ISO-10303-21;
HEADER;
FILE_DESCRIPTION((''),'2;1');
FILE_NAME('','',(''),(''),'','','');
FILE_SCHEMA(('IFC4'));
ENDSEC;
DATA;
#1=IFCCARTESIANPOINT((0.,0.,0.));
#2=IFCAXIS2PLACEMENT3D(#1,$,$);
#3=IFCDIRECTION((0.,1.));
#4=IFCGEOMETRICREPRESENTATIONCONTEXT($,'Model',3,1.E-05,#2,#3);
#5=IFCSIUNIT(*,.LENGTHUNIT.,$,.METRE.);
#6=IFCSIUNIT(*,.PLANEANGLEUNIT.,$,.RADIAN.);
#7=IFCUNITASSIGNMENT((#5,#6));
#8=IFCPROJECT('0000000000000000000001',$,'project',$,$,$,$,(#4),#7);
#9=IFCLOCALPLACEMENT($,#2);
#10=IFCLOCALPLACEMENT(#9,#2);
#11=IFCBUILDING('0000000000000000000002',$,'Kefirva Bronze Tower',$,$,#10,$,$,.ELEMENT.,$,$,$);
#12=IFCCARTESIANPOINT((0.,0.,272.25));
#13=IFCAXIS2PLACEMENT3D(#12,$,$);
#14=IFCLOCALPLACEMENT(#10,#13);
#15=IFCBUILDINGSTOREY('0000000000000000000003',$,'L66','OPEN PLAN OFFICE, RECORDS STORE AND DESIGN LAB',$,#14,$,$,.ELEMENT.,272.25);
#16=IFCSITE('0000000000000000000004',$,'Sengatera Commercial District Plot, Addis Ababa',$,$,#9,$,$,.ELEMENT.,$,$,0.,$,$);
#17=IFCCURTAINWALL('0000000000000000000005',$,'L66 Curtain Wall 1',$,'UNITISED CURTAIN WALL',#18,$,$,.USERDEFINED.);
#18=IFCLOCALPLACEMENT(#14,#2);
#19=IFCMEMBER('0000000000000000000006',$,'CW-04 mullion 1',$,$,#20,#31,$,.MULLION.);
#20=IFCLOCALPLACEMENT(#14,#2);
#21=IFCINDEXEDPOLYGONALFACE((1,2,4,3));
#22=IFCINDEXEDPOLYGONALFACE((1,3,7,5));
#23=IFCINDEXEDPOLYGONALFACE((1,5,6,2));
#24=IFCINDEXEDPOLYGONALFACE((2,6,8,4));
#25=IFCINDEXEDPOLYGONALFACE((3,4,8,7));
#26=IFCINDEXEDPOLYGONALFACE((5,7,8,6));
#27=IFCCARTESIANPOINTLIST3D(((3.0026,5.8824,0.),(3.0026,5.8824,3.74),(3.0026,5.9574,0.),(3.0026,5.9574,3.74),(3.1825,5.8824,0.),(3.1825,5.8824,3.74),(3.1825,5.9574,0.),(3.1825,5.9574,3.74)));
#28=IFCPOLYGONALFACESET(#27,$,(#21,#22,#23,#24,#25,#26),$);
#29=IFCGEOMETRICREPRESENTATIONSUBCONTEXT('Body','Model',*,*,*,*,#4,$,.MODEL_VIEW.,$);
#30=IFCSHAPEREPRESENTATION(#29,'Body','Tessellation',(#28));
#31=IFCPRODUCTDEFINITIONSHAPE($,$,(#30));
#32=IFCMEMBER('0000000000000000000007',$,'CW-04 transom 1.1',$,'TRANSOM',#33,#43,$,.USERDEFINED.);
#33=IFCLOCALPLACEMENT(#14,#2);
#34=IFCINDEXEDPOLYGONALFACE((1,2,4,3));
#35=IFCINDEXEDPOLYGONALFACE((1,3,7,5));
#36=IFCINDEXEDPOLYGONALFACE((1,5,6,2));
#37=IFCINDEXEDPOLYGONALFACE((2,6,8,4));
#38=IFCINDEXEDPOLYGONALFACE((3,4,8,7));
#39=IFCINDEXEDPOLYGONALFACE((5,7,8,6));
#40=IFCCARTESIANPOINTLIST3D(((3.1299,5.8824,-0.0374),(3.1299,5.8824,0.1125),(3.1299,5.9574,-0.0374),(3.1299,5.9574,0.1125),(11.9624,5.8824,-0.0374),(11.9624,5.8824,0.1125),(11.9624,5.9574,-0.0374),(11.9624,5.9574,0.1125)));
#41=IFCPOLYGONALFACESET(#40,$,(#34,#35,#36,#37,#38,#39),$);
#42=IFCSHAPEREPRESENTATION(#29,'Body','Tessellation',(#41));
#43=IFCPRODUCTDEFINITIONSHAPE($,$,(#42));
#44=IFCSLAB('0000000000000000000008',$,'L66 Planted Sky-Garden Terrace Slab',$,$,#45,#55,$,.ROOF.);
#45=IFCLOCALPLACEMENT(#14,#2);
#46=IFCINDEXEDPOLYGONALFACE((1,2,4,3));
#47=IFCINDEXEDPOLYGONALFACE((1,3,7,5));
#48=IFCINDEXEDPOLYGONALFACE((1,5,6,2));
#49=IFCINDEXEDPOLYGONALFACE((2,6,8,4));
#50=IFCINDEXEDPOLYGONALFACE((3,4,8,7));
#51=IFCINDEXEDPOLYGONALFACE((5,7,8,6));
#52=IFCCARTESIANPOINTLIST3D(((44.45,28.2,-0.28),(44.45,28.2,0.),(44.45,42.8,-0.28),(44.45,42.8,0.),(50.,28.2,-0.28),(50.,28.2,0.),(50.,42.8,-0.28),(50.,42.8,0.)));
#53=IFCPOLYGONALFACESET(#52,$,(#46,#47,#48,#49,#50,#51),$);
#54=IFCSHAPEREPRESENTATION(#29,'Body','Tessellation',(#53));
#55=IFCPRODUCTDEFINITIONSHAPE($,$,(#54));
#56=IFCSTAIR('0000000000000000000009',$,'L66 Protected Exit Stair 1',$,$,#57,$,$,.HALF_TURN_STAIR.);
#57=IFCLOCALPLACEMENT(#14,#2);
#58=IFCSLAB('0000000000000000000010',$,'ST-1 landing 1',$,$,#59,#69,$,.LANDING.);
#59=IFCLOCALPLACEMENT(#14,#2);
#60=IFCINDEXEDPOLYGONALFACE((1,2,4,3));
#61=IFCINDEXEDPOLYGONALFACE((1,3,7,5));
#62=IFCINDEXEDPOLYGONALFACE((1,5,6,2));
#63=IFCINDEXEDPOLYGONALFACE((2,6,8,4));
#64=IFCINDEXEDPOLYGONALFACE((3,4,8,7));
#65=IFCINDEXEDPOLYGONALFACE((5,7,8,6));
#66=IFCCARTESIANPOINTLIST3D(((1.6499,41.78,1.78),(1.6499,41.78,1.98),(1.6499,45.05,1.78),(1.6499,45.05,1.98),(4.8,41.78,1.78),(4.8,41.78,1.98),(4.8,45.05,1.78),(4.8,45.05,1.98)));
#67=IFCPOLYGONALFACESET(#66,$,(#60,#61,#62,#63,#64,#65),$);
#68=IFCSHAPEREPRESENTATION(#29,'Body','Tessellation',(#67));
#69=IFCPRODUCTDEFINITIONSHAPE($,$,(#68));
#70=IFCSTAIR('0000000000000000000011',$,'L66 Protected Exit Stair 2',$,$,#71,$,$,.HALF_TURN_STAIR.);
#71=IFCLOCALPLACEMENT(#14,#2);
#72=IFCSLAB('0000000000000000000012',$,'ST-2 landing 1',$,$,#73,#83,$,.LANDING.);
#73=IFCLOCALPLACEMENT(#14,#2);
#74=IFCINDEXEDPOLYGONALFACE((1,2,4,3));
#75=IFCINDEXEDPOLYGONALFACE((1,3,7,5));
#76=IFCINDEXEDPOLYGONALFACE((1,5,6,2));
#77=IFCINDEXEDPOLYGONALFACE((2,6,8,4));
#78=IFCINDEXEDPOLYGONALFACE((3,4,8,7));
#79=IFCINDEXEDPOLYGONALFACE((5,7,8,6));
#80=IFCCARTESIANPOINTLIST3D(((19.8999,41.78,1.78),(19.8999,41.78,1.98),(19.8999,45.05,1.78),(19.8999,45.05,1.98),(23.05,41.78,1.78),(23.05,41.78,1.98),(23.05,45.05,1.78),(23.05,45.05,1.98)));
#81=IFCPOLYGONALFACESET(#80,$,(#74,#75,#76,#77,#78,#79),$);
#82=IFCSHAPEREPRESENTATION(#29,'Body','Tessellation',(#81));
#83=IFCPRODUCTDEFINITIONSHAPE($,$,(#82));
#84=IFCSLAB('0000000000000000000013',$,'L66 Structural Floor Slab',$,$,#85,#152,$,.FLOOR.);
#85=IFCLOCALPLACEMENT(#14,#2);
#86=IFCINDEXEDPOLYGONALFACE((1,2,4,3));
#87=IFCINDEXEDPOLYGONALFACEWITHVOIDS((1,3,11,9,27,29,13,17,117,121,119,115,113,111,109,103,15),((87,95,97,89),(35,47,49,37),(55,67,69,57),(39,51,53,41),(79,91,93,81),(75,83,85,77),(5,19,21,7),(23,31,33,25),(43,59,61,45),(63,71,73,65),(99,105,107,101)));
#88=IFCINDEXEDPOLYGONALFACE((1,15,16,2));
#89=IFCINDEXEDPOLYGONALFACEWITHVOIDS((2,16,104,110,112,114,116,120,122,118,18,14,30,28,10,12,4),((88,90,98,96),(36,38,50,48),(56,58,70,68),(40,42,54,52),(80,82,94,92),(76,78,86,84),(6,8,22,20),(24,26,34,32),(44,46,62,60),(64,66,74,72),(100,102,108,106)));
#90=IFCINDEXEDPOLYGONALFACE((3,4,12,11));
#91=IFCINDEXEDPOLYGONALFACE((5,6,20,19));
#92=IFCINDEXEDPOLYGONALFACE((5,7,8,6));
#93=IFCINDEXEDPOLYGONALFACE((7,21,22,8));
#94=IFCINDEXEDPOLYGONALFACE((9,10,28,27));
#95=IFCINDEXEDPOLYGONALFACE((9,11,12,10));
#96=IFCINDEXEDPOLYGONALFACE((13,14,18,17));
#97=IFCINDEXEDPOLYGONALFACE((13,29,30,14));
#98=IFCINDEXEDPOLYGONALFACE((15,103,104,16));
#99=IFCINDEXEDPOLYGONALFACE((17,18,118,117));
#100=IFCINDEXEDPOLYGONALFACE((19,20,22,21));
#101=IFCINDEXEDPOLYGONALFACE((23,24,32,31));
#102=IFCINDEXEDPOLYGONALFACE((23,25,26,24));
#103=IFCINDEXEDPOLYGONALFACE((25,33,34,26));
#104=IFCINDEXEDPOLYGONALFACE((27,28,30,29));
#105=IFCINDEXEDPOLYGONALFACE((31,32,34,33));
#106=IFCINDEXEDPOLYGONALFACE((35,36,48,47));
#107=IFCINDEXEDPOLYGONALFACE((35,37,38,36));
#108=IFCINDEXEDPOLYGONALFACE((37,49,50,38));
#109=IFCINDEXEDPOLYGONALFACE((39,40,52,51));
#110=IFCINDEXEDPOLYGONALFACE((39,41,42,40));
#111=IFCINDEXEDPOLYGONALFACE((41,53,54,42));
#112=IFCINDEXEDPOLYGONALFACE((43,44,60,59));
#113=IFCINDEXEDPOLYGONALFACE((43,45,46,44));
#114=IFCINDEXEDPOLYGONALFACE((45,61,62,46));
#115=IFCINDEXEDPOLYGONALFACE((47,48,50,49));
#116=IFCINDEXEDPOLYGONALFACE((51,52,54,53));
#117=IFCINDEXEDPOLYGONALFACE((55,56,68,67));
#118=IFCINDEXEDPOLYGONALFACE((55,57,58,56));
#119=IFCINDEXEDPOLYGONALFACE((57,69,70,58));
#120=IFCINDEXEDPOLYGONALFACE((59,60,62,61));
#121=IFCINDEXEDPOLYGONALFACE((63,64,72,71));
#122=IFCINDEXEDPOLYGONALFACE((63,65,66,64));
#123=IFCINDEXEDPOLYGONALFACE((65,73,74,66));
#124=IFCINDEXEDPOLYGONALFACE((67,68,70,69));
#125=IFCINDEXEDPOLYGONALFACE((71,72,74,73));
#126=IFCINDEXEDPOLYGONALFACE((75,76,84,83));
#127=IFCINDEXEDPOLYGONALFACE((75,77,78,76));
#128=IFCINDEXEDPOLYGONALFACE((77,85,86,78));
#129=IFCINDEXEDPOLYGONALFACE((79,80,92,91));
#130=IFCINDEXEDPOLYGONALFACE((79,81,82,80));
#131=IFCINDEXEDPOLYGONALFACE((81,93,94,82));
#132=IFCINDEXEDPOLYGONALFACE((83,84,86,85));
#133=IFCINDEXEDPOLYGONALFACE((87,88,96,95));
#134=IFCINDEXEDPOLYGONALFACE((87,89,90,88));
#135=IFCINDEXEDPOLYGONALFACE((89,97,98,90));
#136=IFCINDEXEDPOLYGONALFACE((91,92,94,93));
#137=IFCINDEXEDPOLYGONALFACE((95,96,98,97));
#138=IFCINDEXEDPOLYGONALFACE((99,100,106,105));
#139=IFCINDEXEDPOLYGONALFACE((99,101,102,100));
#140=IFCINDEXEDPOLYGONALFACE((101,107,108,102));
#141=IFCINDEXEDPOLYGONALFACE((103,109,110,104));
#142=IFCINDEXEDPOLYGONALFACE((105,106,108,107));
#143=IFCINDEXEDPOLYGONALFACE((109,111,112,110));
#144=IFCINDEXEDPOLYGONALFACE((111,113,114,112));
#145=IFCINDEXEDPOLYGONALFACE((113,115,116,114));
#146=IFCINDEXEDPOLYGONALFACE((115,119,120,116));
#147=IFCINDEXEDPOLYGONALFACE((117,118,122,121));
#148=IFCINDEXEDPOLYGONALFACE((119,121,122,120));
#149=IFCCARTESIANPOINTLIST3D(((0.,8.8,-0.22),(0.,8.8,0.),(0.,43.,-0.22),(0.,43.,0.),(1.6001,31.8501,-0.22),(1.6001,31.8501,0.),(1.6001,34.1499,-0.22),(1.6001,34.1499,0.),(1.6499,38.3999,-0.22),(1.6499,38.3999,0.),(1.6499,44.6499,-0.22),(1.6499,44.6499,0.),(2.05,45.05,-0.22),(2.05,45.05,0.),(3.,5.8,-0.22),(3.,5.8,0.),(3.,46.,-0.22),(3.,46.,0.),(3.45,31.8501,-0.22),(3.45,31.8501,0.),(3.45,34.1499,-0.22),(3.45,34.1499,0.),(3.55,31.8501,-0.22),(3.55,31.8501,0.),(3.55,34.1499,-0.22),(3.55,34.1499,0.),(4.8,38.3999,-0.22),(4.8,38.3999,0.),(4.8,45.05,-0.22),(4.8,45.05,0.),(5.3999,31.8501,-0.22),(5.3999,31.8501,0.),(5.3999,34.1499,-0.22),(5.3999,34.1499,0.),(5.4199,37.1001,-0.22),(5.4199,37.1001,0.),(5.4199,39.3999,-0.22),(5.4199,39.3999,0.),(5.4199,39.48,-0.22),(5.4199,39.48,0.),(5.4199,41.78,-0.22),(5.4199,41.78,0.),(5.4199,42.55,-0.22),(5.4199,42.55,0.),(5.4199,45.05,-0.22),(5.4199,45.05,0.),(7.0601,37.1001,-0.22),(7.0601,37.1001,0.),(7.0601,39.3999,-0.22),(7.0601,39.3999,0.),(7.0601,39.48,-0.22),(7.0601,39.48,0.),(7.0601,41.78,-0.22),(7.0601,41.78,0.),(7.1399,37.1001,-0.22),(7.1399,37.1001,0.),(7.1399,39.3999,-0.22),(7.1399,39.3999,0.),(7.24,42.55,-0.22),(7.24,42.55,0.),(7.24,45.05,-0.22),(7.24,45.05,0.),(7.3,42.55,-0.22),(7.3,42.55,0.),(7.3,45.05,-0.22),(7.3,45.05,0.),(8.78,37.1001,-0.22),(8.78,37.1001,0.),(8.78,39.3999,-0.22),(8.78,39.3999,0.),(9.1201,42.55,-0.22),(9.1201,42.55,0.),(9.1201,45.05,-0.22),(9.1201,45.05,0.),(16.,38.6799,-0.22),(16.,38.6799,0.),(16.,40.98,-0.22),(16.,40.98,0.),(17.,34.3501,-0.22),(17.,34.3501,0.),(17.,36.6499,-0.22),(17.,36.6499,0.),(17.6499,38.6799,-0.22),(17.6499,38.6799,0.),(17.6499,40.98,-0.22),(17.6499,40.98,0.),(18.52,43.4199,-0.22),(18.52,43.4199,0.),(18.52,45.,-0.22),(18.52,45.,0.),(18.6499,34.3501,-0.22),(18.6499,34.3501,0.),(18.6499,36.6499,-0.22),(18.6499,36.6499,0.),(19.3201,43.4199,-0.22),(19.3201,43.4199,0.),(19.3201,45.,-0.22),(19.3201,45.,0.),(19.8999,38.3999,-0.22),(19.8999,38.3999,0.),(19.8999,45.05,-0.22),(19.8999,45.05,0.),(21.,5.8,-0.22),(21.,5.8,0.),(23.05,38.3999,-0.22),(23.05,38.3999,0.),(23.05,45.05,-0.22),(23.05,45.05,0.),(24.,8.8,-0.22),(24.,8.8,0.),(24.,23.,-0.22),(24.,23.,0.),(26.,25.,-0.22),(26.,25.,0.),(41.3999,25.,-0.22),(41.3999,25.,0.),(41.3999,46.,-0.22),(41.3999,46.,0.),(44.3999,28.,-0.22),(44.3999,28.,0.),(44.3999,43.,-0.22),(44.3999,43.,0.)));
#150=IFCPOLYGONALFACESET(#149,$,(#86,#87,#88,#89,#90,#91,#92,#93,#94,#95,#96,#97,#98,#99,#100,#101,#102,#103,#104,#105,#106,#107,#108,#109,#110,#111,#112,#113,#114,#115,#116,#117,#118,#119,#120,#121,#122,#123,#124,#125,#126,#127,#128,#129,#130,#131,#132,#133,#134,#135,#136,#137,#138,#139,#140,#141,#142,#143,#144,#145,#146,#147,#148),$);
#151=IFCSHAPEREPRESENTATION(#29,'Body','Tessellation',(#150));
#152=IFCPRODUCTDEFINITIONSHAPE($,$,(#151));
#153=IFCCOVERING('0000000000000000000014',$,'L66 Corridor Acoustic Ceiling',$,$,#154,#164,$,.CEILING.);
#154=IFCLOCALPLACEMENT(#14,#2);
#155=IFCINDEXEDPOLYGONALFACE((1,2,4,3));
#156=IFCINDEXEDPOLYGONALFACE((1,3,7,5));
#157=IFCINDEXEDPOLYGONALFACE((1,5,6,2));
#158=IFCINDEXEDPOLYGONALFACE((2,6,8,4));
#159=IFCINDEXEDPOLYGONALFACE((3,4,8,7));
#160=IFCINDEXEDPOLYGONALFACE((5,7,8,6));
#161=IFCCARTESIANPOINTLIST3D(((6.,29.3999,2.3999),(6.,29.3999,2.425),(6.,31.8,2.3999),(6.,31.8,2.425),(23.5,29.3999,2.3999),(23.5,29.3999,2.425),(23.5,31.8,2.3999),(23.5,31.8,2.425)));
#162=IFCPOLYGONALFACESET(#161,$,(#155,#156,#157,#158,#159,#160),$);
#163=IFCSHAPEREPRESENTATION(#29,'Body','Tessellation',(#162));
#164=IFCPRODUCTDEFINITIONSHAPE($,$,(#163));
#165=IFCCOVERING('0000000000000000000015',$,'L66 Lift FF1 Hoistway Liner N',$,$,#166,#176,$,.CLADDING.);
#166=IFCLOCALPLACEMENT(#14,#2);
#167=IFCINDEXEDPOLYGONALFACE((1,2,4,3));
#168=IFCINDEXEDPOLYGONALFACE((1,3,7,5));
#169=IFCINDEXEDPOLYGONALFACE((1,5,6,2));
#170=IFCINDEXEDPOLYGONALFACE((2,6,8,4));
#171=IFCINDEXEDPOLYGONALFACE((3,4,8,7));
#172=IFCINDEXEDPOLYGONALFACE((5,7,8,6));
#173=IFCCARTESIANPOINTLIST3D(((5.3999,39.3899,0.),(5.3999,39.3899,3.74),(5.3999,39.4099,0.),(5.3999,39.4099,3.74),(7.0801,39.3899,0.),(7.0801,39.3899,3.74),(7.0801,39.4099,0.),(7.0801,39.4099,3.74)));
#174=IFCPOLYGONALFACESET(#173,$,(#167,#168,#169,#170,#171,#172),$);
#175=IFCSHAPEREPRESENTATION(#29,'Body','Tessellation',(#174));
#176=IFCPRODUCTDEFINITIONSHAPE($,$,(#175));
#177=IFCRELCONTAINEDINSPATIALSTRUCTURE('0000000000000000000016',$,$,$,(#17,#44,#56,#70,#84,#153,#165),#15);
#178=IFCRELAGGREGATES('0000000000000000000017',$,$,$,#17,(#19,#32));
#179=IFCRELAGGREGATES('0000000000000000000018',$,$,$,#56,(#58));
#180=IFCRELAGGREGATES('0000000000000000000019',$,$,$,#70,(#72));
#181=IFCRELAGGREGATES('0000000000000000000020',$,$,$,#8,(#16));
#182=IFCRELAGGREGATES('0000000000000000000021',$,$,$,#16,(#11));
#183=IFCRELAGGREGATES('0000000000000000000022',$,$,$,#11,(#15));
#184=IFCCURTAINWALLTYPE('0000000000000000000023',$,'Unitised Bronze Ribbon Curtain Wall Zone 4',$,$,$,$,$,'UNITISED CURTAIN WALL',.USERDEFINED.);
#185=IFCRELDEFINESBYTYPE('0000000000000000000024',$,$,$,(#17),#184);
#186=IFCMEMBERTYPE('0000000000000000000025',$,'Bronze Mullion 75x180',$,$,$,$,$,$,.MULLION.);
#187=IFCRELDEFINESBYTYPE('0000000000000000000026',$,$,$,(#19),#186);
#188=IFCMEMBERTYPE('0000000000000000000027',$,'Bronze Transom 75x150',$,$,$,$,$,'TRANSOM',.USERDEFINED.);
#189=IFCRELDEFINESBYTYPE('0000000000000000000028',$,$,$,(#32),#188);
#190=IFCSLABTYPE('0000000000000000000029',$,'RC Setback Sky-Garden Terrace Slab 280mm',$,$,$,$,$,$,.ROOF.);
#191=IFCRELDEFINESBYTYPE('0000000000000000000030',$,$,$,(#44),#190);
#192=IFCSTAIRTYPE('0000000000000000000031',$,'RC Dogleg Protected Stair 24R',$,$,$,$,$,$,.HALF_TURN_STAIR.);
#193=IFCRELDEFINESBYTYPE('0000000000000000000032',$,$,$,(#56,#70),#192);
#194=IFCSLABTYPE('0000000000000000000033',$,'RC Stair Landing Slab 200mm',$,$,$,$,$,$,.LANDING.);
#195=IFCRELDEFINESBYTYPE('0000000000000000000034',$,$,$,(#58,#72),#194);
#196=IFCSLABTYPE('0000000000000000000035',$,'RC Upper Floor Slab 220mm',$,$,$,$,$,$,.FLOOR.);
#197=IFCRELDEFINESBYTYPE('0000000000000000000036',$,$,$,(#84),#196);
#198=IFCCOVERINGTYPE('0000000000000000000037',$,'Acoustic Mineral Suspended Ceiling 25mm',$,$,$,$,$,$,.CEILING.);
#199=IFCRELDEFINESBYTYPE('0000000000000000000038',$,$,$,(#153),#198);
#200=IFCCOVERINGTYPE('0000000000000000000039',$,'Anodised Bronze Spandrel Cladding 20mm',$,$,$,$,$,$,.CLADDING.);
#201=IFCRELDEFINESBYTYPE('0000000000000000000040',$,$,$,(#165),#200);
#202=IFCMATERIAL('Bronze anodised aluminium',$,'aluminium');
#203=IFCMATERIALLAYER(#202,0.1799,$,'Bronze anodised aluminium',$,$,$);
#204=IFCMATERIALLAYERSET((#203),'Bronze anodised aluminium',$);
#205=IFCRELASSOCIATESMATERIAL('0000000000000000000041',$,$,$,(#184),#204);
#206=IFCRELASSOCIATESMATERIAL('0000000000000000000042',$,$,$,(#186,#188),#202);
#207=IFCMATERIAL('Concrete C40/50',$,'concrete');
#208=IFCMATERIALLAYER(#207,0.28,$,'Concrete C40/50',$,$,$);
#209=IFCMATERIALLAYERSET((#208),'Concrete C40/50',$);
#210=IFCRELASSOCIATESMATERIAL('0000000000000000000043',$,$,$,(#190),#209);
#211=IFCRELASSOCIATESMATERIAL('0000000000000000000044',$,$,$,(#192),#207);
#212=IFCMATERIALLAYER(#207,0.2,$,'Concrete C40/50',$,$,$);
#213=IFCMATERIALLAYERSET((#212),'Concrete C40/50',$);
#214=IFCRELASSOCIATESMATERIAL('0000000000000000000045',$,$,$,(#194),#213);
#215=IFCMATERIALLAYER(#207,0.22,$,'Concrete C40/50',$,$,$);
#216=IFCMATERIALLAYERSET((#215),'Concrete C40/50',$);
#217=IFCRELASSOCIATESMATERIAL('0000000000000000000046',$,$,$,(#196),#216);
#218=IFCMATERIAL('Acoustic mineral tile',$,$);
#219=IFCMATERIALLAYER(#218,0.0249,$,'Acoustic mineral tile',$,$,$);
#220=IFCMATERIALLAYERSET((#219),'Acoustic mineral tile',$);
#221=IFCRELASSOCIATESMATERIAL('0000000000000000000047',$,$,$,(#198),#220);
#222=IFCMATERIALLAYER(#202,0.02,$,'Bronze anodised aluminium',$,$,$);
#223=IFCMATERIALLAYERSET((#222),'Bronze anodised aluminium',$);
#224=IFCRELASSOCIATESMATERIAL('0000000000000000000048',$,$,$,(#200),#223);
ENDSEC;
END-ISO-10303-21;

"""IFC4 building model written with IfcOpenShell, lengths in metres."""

from ifc_helpers import new_model, si_unit, direction, frame, origin, origin_2d, place, context, subcontext, project, spatial, polyline, rectangle, outline, extrude, material, layer, layer_set, material_profile, profile_set, type_object, element, aggregate, save


model = new_model("IFC4")

# Units and contexts
model_context = context("Model", 3, precision=1e-05, world=origin(), true_north=direction((0.0, 1.0)))
body_context = subcontext(model_context, "Body", "Model", "MODEL_VIEW")
ifc_project = project(units=[si_unit("LENGTHUNIT", "METRE"), si_unit("PLANEANGLEUNIT", "RADIAN")], contexts=[model_context])

# Site, building, storey
site_placement = place(None, origin())
site = spatial("IfcSite", under=ifc_project, at=site_placement, Name="Sengatera Commercial District Plot, Addis Ababa", CompositionType="ELEMENT", RefElevation=0.0)
building_placement = place(site_placement, origin())
building = spatial("IfcBuilding", under=site, at=building_placement, Name="Kefirva Bronze Tower", CompositionType="ELEMENT")
storey_placement = place(building_placement, frame((0.0, 0.0, 272.25)))
storey = spatial("IfcBuildingStorey", under=building, at=storey_placement, Name="L66", Description="OPEN PLAN OFFICE, RECORDS STORE AND DESIGN LAB", CompositionType="ELEMENT", Elevation=272.25)

# Curtain wall, members
ifc_material_1 = material(Name="Bronze anodised aluminium", Category="aluminium")
ifc_layer_1 = layer(ifc_material_1, 0.1799, Name="Bronze anodised aluminium")
ifc_layer_set_1 = layer_set([ifc_layer_1], Name="Bronze anodised aluminium")
curtain_wall_type = type_object("IfcCurtainWallType", Name="Unitised Bronze Ribbon Curtain Wall Zone 4", ElementType="UNITISED CURTAIN WALL", PredefinedType="USERDEFINED", material=ifc_layer_set_1)
curtain_wall_placement = place(storey_placement, origin())
curtain_wall = element("IfcCurtainWall", 1, at=curtain_wall_placement, inside=storey, type_object=curtain_wall_type, Name="L66 Curtain Wall 1", ObjectType="UNITISED CURTAIN WALL", PredefinedType="USERDEFINED")
ifc_material_profile_1 = material_profile(ifc_material_1, rectangle(XDim=0.075, YDim=0.1799, at=origin_2d()), Name="ALU 75x180")
ifc_profile_set_1 = profile_set([ifc_material_profile_1], Name="Bronze anodised aluminium")
member_type_1 = type_object("IfcMemberType", Name="Bronze Mullion 75x180", PredefinedType="MULLION", material=ifc_profile_set_1)
member_1_placement = place(storey_placement, frame((3.0925, 5.9199, 0.0), z_axis=(0.0, 0.0, 1.0), x_axis=(0.0, 1.0, 0.0)))
member_1 = element("IfcMember", 2, at=member_1_placement, type_object=member_type_1, Name="CW-04 mullion 1", PredefinedType="MULLION", context=body_context, shape_type="SweptSolid", body=[
    extrude(rectangle(XDim=0.075, YDim=0.1799, at=origin_2d()), origin(), (0.0, 0.0, 1.0), 3.74),
])
ifc_material_profile_2 = material_profile(ifc_material_1, rectangle(XDim=0.075, YDim=0.1499, at=origin_2d()), Name="ALU 75x150")
ifc_profile_set_2 = profile_set([ifc_material_profile_2], Name="Bronze anodised aluminium")
member_type_2 = type_object("IfcMemberType", Name="Bronze Transom 75x150", ElementType="TRANSOM", PredefinedType="USERDEFINED", material=ifc_profile_set_2)
member_2_placement = place(storey_placement, frame((3.1299, 5.9199, 0.0376), z_axis=(1.0, 0.0, 0.0), x_axis=(0.0, 1.0, 0.0)))
member_2 = element("IfcMember", 3, at=member_2_placement, type_object=member_type_2, Name="CW-04 transom 1.1", ObjectType="TRANSOM", PredefinedType="USERDEFINED", context=body_context, shape_type="SweptSolid", body=[
    extrude(rectangle(XDim=0.075, YDim=0.1499, at=origin_2d()), origin(), (0.0, 0.0, 1.0), 8.8325),
])
aggregate(curtain_wall, [member_1, member_2])

# Slab
ifc_material_2 = material(Name="Concrete C40/50", Category="concrete")
ifc_layer_2 = layer(ifc_material_2, 0.28, Name="Concrete C40/50")
ifc_layer_set_2 = layer_set([ifc_layer_2], Name="Concrete C40/50")
slab_type_1 = type_object("IfcSlabType", Name="RC Setback Sky-Garden Terrace Slab 280mm", PredefinedType="ROOF", material=ifc_layer_set_2)
slab_1_placement = place(storey_placement, frame((0.0, 0.0, -0.28)))
element("IfcSlab", 4, at=slab_1_placement, inside=storey, type_object=slab_type_1, Name="L66 Planted Sky-Garden Terrace Slab", PredefinedType="ROOF", context=body_context, shape_type="SweptSolid", body=[
    extrude(outline(polyline([(44.45, 28.2), (50.0, 28.2), (50.0, 42.8), (44.45, 42.8), (44.45, 28.2)])), origin(), (0.0, 0.0, 1.0), 0.28),
])

# Stairs, slabs
stair_type = type_object("IfcStairType", Name="RC Dogleg Protected Stair 24R", PredefinedType="HALF_TURN_STAIR", material=ifc_material_2)
stair_1_placement = place(storey_placement, origin())
stair_1 = element("IfcStair", 5, at=stair_1_placement, inside=storey, type_object=stair_type, Name="L66 Protected Exit Stair 1", PredefinedType="HALF_TURN_STAIR")
ifc_layer_3 = layer(ifc_material_2, 0.2, Name="Concrete C40/50")
ifc_layer_set_3 = layer_set([ifc_layer_3], Name="Concrete C40/50")
slab_type_2 = type_object("IfcSlabType", Name="RC Stair Landing Slab 200mm", PredefinedType="LANDING", material=ifc_layer_set_3)
slab_2_placement = place(storey_placement, frame((0.0, 0.0, 1.78)))
slab_2 = element("IfcSlab", 6, at=slab_2_placement, type_object=slab_type_2, Name="ST-1 landing 1", PredefinedType="LANDING", context=body_context, shape_type="SweptSolid", body=[
    extrude(outline(polyline([(4.8, 41.78), (4.8, 45.05), (1.6499, 45.05), (1.6499, 41.78), (4.8, 41.78)])), origin(), (0.0, 0.0, 1.0), 0.2),
])
aggregate(stair_1, [slab_2])
stair_2_placement = place(storey_placement, origin())
stair_2 = element("IfcStair", 7, at=stair_2_placement, inside=storey, type_object=stair_type, Name="L66 Protected Exit Stair 2", PredefinedType="HALF_TURN_STAIR")
slab_3_placement = place(storey_placement, frame((0.0, 0.0, 1.78)))
slab_3 = element("IfcSlab", 8, at=slab_3_placement, type_object=slab_type_2, Name="ST-2 landing 1", PredefinedType="LANDING", context=body_context, shape_type="SweptSolid", body=[
    extrude(outline(polyline([(23.05, 41.78), (23.05, 45.05), (19.8999, 45.05), (19.8999, 41.78), (23.05, 41.78)])), origin(), (0.0, 0.0, 1.0), 0.2),
])
aggregate(stair_2, [slab_3])

# Slab
ifc_layer_4 = layer(ifc_material_2, 0.22, Name="Concrete C40/50")
ifc_layer_set_4 = layer_set([ifc_layer_4], Name="Concrete C40/50")
slab_type_3 = type_object("IfcSlabType", Name="RC Upper Floor Slab 220mm", PredefinedType="FLOOR", material=ifc_layer_set_4)
slab_4_placement = place(storey_placement, frame((0.0, 0.0, -0.22)))
element("IfcSlab", 9, at=slab_4_placement, inside=storey, type_object=slab_type_3, Name="L66 Structural Floor Slab", PredefinedType="FLOOR", context=body_context, shape_type="SweptSolid", body=[
    extrude(outline(polyline([(0.0, 8.8), (0.0, 43.0), (1.6499, 44.6499), (1.6499, 38.3999), (4.8, 38.3999), (4.8, 45.05), (2.05, 45.05), (3.0, 46.0), (41.3999, 46.0), (44.3999, 43.0), (44.3999, 28.0), (41.3999, 25.0), (26.0, 25.0), (24.0, 23.0), (24.0, 8.8), (21.0, 5.8), (3.0, 5.8), (0.0, 8.8)]), holes=[polyline([(23.05, 45.05), (19.8999, 45.05), (19.8999, 38.3999), (23.05, 38.3999), (23.05, 45.05)]), polyline([(19.3201, 43.4199), (19.3201, 45.0), (18.52, 45.0), (18.52, 43.4199), (19.3201, 43.4199)]), polyline([(18.6499, 36.6499), (17.0, 36.6499), (17.0, 34.3501), (18.6499, 34.3501), (18.6499, 36.6499)]), polyline([(17.6499, 38.6799), (17.6499, 40.98), (16.0, 40.98), (16.0, 38.6799), (17.6499, 38.6799)]), polyline([(9.1201, 42.55), (9.1201, 45.05), (7.3, 45.05), (7.3, 42.55), (9.1201, 42.55)]), polyline([(8.78, 37.1001), (8.78, 39.3999), (7.1399, 39.3999), (7.1399, 37.1001), (8.78, 37.1001)]), polyline([(7.24, 42.55), (7.24, 45.05), (5.4199, 45.05), (5.4199, 42.55), (7.24, 42.55)]), polyline([(7.0601, 37.1001), (7.0601, 39.3999), (5.4199, 39.3999), (5.4199, 37.1001), (7.0601, 37.1001)]), polyline([(7.0601, 41.78), (5.4199, 41.78), (5.4199, 39.48), (7.0601, 39.48), (7.0601, 41.78)]), polyline([(5.3999, 31.8501), (5.3999, 34.1499), (3.55, 34.1499), (3.55, 31.8501), (5.3999, 31.8501)]), polyline([(3.45, 34.1499), (1.6001, 34.1499), (1.6001, 31.8501), (3.45, 31.8501), (3.45, 34.1499)])]), origin(), (0.0, 0.0, 1.0), 0.22),
])

# Coverings
ifc_material_3 = material(Name="Acoustic mineral tile")
ifc_layer_5 = layer(ifc_material_3, 0.0249, Name="Acoustic mineral tile")
ifc_layer_set_5 = layer_set([ifc_layer_5], Name="Acoustic mineral tile")
covering_type_1 = type_object("IfcCoveringType", Name="Acoustic Mineral Suspended Ceiling 25mm", PredefinedType="CEILING", material=ifc_layer_set_5)
covering_1_placement = place(storey_placement, frame((0.0, 0.0, 2.3999)))
element("IfcCovering", 10, at=covering_1_placement, inside=storey, type_object=covering_type_1, Name="L66 Corridor Acoustic Ceiling", PredefinedType="CEILING", context=body_context, shape_type="SweptSolid", body=[
    extrude(outline(polyline([(6.0, 29.3999), (23.5, 29.3999), (23.5, 31.8), (6.0, 31.8), (6.0, 29.3999)])), origin(), (0.0, 0.0, 1.0), 0.0251),
])
ifc_layer_6 = layer(ifc_material_1, 0.02, Name="Bronze anodised aluminium")
ifc_layer_set_6 = layer_set([ifc_layer_6], Name="Bronze anodised aluminium")
covering_type_2 = type_object("IfcCoveringType", Name="Anodised Bronze Spandrel Cladding 20mm", PredefinedType="CLADDING", material=ifc_layer_set_6)
covering_2_placement = place(storey_placement, origin())
element("IfcCovering", 11, at=covering_2_placement, inside=storey, type_object=covering_type_2, Name="L66 Lift FF1 Hoistway Liner N", PredefinedType="CLADDING", context=body_context, shape_type="SweptSolid", body=[
    extrude(outline(polyline([(5.3999, 39.3899), (7.0801, 39.3899), (7.0801, 39.4099), (5.3999, 39.4099), (5.3999, 39.3899)])), origin(), (0.0, 0.0, 1.0), 3.74),
])

save(model, "model.ifc")
